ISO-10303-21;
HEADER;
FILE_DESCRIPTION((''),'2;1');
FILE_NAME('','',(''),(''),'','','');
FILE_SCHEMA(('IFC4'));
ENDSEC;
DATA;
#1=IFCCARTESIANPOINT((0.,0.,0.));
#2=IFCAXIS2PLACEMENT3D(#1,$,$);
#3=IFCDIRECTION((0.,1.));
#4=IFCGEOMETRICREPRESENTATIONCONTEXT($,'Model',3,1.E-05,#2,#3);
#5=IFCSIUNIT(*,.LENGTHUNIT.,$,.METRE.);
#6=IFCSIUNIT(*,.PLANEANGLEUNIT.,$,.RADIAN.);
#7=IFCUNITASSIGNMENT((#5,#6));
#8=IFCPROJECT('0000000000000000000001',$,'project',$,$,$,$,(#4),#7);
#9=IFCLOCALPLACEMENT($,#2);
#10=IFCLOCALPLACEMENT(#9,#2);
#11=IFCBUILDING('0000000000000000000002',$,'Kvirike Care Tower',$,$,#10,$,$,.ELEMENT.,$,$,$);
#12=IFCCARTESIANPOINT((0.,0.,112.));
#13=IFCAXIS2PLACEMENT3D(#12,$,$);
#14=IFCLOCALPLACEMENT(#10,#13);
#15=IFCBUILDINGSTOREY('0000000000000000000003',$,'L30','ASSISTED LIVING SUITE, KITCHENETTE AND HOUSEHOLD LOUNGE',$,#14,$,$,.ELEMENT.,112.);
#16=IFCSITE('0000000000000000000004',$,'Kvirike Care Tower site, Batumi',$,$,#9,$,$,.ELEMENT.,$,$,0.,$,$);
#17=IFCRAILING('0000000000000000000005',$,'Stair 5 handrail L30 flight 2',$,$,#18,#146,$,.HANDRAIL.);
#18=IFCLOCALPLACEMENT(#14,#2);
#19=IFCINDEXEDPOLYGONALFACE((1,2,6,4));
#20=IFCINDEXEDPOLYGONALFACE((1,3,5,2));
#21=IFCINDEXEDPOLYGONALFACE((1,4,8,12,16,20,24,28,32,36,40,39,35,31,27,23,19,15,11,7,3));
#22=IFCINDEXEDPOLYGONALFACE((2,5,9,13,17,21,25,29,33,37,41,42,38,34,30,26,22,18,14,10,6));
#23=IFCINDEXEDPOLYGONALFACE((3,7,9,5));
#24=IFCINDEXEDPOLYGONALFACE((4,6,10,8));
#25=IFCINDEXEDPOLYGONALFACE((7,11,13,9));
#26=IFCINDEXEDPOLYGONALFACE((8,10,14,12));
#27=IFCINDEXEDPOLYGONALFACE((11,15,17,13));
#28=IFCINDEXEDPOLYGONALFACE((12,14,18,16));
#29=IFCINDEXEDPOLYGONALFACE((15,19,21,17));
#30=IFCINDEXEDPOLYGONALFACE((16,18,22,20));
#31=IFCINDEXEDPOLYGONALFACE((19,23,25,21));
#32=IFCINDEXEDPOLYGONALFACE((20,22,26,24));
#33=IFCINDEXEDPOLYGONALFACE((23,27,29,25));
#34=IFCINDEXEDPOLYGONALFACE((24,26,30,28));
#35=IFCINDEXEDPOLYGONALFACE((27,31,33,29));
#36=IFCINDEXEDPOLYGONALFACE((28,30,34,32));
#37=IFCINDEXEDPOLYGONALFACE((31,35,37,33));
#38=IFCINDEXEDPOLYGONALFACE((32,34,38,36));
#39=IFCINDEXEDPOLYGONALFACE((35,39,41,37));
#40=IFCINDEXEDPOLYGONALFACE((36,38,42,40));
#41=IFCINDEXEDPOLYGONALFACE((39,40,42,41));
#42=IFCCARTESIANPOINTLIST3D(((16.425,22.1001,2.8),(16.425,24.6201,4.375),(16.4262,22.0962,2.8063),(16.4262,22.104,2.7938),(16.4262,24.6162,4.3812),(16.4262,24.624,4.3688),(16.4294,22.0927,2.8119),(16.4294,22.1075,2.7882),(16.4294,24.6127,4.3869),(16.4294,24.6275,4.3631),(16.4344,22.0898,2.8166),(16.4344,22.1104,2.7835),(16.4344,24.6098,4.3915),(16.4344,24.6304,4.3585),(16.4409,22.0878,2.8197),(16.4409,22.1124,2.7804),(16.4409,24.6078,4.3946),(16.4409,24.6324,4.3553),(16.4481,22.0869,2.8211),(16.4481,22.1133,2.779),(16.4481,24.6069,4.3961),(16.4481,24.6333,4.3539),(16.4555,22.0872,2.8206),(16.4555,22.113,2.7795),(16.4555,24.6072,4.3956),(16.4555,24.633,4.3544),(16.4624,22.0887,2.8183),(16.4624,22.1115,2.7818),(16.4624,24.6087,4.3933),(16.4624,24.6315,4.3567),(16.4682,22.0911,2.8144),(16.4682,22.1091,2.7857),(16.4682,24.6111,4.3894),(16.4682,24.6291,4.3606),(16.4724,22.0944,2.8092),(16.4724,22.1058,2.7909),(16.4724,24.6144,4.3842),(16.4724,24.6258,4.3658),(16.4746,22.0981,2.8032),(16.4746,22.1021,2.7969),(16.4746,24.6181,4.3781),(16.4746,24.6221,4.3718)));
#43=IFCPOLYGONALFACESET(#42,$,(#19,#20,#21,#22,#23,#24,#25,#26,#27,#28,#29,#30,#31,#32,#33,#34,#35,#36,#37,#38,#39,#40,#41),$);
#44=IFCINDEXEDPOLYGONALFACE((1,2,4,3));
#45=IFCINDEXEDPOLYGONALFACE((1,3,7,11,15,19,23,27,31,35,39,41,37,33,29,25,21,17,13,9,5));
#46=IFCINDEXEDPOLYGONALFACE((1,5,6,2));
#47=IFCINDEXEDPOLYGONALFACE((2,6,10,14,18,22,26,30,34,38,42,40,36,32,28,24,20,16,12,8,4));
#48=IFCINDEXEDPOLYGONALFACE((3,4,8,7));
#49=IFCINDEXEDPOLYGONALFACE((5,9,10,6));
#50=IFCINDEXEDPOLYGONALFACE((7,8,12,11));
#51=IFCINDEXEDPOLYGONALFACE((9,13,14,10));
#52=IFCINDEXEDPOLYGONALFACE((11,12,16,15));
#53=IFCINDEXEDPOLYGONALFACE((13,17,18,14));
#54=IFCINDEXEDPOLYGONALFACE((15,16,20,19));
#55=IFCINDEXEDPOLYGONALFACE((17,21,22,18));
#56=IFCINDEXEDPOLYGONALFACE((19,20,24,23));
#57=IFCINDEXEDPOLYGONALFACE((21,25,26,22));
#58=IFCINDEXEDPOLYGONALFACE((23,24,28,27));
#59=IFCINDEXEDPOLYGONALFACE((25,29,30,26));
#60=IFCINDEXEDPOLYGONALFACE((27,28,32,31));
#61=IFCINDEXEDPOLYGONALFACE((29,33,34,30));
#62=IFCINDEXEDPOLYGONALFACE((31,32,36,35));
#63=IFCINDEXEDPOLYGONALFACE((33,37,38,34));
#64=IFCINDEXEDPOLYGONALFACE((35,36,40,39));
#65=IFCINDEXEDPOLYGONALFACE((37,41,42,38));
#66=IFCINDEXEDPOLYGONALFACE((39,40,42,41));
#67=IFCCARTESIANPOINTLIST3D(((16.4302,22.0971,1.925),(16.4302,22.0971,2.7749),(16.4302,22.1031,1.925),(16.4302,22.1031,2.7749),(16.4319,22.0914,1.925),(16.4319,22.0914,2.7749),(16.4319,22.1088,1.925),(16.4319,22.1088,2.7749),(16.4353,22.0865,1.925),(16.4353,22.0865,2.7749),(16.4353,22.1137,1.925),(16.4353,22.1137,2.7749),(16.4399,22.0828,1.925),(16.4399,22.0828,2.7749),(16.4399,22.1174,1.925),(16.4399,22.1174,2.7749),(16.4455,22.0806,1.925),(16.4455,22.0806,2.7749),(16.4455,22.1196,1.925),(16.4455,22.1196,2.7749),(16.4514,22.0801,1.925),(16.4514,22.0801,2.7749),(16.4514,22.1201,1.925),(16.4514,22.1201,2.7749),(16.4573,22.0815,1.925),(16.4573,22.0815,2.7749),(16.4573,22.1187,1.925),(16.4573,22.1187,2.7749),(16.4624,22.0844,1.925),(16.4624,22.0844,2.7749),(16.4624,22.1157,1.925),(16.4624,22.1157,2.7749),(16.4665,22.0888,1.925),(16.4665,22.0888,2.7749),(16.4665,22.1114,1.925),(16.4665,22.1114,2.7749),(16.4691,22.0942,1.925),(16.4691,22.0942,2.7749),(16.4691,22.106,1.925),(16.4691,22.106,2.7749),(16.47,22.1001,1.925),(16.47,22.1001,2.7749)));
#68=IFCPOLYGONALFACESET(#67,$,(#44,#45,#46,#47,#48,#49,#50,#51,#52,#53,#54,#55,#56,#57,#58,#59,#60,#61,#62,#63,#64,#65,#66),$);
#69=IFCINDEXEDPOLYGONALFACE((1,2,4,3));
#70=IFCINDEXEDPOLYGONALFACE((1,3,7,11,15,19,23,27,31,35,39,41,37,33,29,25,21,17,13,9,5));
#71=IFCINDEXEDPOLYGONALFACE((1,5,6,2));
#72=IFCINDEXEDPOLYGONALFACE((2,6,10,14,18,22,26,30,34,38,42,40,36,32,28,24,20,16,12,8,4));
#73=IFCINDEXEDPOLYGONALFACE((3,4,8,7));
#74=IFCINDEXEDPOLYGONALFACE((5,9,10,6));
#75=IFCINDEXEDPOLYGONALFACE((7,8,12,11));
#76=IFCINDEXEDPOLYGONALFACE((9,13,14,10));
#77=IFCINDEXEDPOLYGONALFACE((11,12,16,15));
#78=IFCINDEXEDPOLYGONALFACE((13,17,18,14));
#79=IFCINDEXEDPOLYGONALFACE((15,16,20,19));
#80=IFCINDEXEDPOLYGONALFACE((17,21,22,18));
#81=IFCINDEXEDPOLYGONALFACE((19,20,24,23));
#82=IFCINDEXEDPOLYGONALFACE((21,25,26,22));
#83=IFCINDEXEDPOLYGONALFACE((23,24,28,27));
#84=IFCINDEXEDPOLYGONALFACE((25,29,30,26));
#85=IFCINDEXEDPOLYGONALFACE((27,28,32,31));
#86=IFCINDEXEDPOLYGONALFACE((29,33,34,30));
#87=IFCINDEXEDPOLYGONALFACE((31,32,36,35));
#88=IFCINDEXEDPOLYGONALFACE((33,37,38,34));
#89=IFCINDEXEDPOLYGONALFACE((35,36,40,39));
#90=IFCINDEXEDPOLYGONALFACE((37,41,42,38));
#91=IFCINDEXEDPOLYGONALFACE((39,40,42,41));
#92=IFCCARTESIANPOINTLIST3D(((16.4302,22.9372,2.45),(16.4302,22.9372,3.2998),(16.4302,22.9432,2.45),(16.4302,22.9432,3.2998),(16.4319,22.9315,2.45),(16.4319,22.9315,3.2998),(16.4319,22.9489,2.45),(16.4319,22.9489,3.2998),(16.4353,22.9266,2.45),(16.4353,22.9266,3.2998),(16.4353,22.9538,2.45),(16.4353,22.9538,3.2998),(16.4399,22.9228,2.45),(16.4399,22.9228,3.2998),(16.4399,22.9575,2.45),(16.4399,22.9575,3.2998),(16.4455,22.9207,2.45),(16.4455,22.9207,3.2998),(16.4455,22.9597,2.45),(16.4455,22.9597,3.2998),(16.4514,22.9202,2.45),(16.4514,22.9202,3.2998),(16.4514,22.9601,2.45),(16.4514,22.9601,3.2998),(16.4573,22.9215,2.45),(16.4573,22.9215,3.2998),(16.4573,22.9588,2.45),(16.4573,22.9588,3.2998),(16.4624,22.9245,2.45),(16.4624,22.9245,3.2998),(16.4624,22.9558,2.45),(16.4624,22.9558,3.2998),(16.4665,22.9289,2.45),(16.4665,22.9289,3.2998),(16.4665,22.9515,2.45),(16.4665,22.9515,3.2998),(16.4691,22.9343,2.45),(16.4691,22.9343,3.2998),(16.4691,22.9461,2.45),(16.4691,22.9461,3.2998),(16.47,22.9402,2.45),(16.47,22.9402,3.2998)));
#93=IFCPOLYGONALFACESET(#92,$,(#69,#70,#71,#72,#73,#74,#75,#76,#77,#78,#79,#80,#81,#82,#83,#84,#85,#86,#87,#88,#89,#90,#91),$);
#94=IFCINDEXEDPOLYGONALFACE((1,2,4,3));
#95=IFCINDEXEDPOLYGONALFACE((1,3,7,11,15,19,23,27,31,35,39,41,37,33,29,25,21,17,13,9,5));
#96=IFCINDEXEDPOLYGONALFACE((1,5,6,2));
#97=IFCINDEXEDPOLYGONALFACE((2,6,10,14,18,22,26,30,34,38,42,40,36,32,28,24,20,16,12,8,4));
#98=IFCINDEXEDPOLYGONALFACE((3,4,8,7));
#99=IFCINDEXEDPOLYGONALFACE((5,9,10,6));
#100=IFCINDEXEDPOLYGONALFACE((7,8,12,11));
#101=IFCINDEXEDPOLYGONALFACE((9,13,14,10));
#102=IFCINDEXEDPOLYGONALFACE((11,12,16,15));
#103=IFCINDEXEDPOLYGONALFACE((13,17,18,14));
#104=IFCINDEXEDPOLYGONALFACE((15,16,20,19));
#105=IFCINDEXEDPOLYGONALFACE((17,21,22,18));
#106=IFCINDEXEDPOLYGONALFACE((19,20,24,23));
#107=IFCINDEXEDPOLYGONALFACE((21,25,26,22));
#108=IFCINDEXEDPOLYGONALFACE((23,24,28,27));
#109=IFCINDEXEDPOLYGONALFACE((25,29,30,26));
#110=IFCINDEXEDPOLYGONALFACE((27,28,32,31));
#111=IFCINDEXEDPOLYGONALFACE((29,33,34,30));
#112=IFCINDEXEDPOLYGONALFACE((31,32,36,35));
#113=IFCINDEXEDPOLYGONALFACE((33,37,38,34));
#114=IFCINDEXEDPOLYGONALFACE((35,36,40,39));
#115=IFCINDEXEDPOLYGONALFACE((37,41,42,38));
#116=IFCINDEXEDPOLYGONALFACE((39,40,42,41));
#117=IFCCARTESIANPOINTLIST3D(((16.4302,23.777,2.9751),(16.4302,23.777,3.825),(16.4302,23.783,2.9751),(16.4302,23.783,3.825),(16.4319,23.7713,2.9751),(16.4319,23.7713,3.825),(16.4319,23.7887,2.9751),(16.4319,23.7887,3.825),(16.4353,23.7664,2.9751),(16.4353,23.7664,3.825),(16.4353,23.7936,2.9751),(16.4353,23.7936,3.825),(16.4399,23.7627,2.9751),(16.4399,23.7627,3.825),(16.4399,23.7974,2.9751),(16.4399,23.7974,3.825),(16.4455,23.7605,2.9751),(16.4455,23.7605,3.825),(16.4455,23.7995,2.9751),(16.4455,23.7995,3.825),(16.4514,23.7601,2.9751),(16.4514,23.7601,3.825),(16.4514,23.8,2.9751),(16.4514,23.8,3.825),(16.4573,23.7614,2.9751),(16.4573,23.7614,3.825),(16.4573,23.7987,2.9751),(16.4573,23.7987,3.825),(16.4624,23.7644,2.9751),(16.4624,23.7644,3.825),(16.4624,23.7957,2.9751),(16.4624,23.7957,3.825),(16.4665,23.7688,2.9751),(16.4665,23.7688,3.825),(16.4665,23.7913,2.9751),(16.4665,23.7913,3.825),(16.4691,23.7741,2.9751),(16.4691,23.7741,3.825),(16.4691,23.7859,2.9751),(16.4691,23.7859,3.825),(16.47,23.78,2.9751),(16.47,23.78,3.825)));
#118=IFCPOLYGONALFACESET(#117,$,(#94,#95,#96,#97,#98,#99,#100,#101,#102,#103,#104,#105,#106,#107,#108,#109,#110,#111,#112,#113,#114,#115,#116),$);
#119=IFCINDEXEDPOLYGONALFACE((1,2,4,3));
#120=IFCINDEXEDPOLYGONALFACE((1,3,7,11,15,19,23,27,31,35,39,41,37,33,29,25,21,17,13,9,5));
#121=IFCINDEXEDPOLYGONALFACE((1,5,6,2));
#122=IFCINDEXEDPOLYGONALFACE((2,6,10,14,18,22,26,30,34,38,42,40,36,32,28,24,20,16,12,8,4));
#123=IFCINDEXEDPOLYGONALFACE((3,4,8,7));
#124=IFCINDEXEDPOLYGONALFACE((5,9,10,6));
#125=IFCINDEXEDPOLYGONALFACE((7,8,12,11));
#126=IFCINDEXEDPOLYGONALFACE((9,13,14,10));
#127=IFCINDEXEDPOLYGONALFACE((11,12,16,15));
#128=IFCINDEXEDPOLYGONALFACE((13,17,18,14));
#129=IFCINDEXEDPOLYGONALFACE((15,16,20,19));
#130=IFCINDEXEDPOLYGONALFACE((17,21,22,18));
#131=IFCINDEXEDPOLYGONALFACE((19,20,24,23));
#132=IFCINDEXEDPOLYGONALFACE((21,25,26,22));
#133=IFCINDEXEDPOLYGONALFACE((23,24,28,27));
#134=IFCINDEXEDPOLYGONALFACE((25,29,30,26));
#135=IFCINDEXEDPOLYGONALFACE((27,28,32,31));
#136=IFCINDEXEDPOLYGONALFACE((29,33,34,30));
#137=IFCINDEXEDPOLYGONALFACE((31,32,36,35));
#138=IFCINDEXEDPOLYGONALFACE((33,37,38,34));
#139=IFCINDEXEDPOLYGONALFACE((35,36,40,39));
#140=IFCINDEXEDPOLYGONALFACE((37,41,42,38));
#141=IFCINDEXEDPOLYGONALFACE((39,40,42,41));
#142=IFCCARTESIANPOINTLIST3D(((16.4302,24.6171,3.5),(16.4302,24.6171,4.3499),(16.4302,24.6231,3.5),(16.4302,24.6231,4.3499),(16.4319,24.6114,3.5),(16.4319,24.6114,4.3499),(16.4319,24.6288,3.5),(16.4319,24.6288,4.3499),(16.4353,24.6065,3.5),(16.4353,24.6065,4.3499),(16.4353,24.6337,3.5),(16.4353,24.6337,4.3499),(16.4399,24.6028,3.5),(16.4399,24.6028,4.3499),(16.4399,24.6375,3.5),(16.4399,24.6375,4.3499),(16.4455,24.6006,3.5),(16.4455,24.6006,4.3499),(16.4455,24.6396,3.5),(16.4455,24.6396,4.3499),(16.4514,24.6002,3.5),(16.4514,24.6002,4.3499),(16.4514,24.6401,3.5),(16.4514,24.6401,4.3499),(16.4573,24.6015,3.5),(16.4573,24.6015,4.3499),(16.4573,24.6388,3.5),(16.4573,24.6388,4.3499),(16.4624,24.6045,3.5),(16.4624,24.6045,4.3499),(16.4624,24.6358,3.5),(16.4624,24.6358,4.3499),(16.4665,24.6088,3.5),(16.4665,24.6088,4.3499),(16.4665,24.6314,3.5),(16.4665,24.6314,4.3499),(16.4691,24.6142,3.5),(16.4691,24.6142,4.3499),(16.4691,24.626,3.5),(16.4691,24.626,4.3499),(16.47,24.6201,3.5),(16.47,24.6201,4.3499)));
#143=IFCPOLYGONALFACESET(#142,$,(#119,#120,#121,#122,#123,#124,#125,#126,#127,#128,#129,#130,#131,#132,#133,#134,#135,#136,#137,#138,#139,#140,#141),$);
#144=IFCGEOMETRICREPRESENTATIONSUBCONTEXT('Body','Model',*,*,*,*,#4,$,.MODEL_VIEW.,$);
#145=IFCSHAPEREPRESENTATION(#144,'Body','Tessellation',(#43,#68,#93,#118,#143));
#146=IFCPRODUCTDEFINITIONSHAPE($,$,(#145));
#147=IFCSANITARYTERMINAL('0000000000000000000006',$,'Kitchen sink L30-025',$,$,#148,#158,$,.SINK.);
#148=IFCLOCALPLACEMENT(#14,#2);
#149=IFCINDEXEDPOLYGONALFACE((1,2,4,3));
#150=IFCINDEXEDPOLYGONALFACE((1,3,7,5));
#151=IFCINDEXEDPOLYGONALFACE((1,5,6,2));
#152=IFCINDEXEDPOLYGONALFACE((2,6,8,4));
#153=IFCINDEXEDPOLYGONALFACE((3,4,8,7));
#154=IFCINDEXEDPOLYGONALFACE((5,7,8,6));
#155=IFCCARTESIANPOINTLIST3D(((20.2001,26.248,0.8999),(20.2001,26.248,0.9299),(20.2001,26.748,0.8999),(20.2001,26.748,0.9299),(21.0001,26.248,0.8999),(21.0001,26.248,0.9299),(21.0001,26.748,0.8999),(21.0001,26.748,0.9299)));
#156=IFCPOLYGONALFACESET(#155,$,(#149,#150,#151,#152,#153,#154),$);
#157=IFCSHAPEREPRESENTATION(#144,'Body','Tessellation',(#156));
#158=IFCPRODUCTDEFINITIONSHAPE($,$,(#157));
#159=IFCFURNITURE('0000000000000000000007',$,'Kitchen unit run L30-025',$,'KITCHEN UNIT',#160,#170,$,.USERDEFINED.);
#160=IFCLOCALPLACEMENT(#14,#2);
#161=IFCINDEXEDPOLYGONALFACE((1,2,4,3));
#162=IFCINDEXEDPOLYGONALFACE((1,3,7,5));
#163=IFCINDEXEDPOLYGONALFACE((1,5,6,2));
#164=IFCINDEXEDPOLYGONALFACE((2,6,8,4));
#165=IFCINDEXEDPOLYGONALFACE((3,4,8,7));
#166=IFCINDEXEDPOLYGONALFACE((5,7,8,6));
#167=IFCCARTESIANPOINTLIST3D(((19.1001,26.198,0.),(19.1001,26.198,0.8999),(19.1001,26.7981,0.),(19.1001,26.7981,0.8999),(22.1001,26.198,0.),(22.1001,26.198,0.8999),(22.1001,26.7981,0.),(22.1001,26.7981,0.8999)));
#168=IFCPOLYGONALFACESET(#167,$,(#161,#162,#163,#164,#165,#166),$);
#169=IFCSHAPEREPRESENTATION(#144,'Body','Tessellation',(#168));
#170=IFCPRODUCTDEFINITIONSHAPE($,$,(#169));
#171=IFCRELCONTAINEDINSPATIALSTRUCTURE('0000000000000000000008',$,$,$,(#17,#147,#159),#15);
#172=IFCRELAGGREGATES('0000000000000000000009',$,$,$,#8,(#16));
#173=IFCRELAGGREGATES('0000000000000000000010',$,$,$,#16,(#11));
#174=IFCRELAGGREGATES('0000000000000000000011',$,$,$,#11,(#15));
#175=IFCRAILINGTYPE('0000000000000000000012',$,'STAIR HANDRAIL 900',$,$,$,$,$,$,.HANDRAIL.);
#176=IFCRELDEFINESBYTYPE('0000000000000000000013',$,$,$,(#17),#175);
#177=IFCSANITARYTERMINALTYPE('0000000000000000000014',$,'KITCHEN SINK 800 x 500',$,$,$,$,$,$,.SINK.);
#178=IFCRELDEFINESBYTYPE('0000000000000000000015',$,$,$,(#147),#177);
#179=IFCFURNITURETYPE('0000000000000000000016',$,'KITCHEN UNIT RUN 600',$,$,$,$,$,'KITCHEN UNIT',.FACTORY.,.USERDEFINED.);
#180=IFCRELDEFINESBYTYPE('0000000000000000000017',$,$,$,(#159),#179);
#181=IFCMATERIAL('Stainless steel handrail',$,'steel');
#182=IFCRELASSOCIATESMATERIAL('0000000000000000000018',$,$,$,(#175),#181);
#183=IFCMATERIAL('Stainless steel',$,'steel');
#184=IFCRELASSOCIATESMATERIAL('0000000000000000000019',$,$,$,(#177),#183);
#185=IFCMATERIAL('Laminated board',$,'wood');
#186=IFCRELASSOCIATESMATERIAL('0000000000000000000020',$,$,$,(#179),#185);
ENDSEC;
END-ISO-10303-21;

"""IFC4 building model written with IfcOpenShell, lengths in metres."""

from ifc_helpers import new_model, si_unit, direction, frame, origin, origin_2d, place, context, subcontext, project, spatial, rectangle, circle, extrude, material, type_object, element, save


model = new_model("IFC4")

# Units and contexts
model_context = context("Model", 3, precision=1e-05, world=origin(), true_north=direction((0.0, 1.0)))
body_context = subcontext(model_context, "Body", "Model", "MODEL_VIEW")
ifc_project = project(units=[si_unit("LENGTHUNIT", "METRE"), si_unit("PLANEANGLEUNIT", "RADIAN")], contexts=[model_context])

# Site, building, storey
site_placement = place(None, origin())
site = spatial("IfcSite", under=ifc_project, at=site_placement, Name="Kvirike Care Tower site, Batumi", CompositionType="ELEMENT", RefElevation=0.0)
building_placement = place(site_placement, origin())
building = spatial("IfcBuilding", under=site, at=building_placement, Name="Kvirike Care Tower", CompositionType="ELEMENT")
storey_placement = place(building_placement, frame((0.0, 0.0, 112.0)))
storey = spatial("IfcBuildingStorey", under=building, at=storey_placement, Name="L30", Description="ASSISTED LIVING SUITE, KITCHENETTE AND HOUSEHOLD LOUNGE", CompositionType="ELEMENT", Elevation=112.0)

# Railing
ifc_material_1 = material(Name="Stainless steel handrail", Category="steel")
railing_type = type_object("IfcRailingType", Name="STAIR HANDRAIL 900", PredefinedType="HANDRAIL", material=ifc_material_1)
railing_1_placement = place(storey_placement, frame((16.45, 22.1001, 1.925)))
element("IfcRailing", 1, at=railing_1_placement, inside=storey, type_object=railing_type, Name="Stair 5 handrail L30 flight 2", PredefinedType="HANDRAIL", context=body_context, shape_type="SweptSolid", body=[
    extrude(circle(Radius=0.0249, at=origin_2d()), frame((0.0, 0.0, 0.875), z_axis=(0.0, 0.848008, 0.529984), x_axis=(-1.0, 0.0, 0.0)), (0.0, 0.0, 1.0), 2.9717),
    extrude(circle(Radius=0.02, at=origin_2d()), origin(), (0.0, 0.0, 1.0), 0.8499),
    extrude(circle(Radius=0.02, at=origin_2d()), frame((0.0, 0.8401, 0.5249)), (0.0, 0.0, 1.0), 0.8499),
    extrude(circle(Radius=0.02, at=origin_2d()), frame((0.0, 1.6799, 1.05)), (0.0, 0.0, 1.0), 0.8499),
    extrude(circle(Radius=0.02, at=origin_2d()), frame((0.0, 2.52, 1.575)), (0.0, 0.0, 1.0), 0.8499),
])

# Sanitary terminal
ifc_material_2 = material(Name="Stainless steel", Category="steel")
sanitary_terminal_type = type_object("IfcSanitaryTerminalType", Name="KITCHEN SINK 800 x 500", PredefinedType="SINK", material=ifc_material_2)
sanitary_terminal_placement = place(storey_placement, frame((20.6001, 26.498, 0.8999), z_axis=(0.0, 0.0, 1.0), x_axis=(1.0, 0.0, 0.0)))
element("IfcSanitaryTerminal", 2, at=sanitary_terminal_placement, inside=storey, type_object=sanitary_terminal_type, Name="Kitchen sink L30-025", PredefinedType="SINK", context=body_context, shape_type="SweptSolid", body=[
    extrude(rectangle(XDim=0.8, YDim=0.5, at=origin_2d()), origin(), (0.0, 0.0, 1.0), 0.03),
])

# Furniture
ifc_material_3 = material(Name="Laminated board", Category="wood")
furniture_type = type_object("IfcFurnitureType", Name="KITCHEN UNIT RUN 600", ElementType="KITCHEN UNIT", AssemblyPlace="FACTORY", PredefinedType="USERDEFINED", material=ifc_material_3)
furniture_placement = place(storey_placement, frame((20.6001, 26.498, 0.0), z_axis=(0.0, 0.0, 1.0), x_axis=(1.0, 0.0, 0.0)))
element("IfcFurniture", 3, at=furniture_placement, inside=storey, type_object=furniture_type, Name="Kitchen unit run L30-025", ObjectType="KITCHEN UNIT", PredefinedType="USERDEFINED", context=body_context, shape_type="SweptSolid", body=[
    extrude(rectangle(XDim=3.0, YDim=0.6001, at=origin_2d()), origin(), (0.0, 0.0, 1.0), 0.8999),
])

save(model, "model.ifc")
